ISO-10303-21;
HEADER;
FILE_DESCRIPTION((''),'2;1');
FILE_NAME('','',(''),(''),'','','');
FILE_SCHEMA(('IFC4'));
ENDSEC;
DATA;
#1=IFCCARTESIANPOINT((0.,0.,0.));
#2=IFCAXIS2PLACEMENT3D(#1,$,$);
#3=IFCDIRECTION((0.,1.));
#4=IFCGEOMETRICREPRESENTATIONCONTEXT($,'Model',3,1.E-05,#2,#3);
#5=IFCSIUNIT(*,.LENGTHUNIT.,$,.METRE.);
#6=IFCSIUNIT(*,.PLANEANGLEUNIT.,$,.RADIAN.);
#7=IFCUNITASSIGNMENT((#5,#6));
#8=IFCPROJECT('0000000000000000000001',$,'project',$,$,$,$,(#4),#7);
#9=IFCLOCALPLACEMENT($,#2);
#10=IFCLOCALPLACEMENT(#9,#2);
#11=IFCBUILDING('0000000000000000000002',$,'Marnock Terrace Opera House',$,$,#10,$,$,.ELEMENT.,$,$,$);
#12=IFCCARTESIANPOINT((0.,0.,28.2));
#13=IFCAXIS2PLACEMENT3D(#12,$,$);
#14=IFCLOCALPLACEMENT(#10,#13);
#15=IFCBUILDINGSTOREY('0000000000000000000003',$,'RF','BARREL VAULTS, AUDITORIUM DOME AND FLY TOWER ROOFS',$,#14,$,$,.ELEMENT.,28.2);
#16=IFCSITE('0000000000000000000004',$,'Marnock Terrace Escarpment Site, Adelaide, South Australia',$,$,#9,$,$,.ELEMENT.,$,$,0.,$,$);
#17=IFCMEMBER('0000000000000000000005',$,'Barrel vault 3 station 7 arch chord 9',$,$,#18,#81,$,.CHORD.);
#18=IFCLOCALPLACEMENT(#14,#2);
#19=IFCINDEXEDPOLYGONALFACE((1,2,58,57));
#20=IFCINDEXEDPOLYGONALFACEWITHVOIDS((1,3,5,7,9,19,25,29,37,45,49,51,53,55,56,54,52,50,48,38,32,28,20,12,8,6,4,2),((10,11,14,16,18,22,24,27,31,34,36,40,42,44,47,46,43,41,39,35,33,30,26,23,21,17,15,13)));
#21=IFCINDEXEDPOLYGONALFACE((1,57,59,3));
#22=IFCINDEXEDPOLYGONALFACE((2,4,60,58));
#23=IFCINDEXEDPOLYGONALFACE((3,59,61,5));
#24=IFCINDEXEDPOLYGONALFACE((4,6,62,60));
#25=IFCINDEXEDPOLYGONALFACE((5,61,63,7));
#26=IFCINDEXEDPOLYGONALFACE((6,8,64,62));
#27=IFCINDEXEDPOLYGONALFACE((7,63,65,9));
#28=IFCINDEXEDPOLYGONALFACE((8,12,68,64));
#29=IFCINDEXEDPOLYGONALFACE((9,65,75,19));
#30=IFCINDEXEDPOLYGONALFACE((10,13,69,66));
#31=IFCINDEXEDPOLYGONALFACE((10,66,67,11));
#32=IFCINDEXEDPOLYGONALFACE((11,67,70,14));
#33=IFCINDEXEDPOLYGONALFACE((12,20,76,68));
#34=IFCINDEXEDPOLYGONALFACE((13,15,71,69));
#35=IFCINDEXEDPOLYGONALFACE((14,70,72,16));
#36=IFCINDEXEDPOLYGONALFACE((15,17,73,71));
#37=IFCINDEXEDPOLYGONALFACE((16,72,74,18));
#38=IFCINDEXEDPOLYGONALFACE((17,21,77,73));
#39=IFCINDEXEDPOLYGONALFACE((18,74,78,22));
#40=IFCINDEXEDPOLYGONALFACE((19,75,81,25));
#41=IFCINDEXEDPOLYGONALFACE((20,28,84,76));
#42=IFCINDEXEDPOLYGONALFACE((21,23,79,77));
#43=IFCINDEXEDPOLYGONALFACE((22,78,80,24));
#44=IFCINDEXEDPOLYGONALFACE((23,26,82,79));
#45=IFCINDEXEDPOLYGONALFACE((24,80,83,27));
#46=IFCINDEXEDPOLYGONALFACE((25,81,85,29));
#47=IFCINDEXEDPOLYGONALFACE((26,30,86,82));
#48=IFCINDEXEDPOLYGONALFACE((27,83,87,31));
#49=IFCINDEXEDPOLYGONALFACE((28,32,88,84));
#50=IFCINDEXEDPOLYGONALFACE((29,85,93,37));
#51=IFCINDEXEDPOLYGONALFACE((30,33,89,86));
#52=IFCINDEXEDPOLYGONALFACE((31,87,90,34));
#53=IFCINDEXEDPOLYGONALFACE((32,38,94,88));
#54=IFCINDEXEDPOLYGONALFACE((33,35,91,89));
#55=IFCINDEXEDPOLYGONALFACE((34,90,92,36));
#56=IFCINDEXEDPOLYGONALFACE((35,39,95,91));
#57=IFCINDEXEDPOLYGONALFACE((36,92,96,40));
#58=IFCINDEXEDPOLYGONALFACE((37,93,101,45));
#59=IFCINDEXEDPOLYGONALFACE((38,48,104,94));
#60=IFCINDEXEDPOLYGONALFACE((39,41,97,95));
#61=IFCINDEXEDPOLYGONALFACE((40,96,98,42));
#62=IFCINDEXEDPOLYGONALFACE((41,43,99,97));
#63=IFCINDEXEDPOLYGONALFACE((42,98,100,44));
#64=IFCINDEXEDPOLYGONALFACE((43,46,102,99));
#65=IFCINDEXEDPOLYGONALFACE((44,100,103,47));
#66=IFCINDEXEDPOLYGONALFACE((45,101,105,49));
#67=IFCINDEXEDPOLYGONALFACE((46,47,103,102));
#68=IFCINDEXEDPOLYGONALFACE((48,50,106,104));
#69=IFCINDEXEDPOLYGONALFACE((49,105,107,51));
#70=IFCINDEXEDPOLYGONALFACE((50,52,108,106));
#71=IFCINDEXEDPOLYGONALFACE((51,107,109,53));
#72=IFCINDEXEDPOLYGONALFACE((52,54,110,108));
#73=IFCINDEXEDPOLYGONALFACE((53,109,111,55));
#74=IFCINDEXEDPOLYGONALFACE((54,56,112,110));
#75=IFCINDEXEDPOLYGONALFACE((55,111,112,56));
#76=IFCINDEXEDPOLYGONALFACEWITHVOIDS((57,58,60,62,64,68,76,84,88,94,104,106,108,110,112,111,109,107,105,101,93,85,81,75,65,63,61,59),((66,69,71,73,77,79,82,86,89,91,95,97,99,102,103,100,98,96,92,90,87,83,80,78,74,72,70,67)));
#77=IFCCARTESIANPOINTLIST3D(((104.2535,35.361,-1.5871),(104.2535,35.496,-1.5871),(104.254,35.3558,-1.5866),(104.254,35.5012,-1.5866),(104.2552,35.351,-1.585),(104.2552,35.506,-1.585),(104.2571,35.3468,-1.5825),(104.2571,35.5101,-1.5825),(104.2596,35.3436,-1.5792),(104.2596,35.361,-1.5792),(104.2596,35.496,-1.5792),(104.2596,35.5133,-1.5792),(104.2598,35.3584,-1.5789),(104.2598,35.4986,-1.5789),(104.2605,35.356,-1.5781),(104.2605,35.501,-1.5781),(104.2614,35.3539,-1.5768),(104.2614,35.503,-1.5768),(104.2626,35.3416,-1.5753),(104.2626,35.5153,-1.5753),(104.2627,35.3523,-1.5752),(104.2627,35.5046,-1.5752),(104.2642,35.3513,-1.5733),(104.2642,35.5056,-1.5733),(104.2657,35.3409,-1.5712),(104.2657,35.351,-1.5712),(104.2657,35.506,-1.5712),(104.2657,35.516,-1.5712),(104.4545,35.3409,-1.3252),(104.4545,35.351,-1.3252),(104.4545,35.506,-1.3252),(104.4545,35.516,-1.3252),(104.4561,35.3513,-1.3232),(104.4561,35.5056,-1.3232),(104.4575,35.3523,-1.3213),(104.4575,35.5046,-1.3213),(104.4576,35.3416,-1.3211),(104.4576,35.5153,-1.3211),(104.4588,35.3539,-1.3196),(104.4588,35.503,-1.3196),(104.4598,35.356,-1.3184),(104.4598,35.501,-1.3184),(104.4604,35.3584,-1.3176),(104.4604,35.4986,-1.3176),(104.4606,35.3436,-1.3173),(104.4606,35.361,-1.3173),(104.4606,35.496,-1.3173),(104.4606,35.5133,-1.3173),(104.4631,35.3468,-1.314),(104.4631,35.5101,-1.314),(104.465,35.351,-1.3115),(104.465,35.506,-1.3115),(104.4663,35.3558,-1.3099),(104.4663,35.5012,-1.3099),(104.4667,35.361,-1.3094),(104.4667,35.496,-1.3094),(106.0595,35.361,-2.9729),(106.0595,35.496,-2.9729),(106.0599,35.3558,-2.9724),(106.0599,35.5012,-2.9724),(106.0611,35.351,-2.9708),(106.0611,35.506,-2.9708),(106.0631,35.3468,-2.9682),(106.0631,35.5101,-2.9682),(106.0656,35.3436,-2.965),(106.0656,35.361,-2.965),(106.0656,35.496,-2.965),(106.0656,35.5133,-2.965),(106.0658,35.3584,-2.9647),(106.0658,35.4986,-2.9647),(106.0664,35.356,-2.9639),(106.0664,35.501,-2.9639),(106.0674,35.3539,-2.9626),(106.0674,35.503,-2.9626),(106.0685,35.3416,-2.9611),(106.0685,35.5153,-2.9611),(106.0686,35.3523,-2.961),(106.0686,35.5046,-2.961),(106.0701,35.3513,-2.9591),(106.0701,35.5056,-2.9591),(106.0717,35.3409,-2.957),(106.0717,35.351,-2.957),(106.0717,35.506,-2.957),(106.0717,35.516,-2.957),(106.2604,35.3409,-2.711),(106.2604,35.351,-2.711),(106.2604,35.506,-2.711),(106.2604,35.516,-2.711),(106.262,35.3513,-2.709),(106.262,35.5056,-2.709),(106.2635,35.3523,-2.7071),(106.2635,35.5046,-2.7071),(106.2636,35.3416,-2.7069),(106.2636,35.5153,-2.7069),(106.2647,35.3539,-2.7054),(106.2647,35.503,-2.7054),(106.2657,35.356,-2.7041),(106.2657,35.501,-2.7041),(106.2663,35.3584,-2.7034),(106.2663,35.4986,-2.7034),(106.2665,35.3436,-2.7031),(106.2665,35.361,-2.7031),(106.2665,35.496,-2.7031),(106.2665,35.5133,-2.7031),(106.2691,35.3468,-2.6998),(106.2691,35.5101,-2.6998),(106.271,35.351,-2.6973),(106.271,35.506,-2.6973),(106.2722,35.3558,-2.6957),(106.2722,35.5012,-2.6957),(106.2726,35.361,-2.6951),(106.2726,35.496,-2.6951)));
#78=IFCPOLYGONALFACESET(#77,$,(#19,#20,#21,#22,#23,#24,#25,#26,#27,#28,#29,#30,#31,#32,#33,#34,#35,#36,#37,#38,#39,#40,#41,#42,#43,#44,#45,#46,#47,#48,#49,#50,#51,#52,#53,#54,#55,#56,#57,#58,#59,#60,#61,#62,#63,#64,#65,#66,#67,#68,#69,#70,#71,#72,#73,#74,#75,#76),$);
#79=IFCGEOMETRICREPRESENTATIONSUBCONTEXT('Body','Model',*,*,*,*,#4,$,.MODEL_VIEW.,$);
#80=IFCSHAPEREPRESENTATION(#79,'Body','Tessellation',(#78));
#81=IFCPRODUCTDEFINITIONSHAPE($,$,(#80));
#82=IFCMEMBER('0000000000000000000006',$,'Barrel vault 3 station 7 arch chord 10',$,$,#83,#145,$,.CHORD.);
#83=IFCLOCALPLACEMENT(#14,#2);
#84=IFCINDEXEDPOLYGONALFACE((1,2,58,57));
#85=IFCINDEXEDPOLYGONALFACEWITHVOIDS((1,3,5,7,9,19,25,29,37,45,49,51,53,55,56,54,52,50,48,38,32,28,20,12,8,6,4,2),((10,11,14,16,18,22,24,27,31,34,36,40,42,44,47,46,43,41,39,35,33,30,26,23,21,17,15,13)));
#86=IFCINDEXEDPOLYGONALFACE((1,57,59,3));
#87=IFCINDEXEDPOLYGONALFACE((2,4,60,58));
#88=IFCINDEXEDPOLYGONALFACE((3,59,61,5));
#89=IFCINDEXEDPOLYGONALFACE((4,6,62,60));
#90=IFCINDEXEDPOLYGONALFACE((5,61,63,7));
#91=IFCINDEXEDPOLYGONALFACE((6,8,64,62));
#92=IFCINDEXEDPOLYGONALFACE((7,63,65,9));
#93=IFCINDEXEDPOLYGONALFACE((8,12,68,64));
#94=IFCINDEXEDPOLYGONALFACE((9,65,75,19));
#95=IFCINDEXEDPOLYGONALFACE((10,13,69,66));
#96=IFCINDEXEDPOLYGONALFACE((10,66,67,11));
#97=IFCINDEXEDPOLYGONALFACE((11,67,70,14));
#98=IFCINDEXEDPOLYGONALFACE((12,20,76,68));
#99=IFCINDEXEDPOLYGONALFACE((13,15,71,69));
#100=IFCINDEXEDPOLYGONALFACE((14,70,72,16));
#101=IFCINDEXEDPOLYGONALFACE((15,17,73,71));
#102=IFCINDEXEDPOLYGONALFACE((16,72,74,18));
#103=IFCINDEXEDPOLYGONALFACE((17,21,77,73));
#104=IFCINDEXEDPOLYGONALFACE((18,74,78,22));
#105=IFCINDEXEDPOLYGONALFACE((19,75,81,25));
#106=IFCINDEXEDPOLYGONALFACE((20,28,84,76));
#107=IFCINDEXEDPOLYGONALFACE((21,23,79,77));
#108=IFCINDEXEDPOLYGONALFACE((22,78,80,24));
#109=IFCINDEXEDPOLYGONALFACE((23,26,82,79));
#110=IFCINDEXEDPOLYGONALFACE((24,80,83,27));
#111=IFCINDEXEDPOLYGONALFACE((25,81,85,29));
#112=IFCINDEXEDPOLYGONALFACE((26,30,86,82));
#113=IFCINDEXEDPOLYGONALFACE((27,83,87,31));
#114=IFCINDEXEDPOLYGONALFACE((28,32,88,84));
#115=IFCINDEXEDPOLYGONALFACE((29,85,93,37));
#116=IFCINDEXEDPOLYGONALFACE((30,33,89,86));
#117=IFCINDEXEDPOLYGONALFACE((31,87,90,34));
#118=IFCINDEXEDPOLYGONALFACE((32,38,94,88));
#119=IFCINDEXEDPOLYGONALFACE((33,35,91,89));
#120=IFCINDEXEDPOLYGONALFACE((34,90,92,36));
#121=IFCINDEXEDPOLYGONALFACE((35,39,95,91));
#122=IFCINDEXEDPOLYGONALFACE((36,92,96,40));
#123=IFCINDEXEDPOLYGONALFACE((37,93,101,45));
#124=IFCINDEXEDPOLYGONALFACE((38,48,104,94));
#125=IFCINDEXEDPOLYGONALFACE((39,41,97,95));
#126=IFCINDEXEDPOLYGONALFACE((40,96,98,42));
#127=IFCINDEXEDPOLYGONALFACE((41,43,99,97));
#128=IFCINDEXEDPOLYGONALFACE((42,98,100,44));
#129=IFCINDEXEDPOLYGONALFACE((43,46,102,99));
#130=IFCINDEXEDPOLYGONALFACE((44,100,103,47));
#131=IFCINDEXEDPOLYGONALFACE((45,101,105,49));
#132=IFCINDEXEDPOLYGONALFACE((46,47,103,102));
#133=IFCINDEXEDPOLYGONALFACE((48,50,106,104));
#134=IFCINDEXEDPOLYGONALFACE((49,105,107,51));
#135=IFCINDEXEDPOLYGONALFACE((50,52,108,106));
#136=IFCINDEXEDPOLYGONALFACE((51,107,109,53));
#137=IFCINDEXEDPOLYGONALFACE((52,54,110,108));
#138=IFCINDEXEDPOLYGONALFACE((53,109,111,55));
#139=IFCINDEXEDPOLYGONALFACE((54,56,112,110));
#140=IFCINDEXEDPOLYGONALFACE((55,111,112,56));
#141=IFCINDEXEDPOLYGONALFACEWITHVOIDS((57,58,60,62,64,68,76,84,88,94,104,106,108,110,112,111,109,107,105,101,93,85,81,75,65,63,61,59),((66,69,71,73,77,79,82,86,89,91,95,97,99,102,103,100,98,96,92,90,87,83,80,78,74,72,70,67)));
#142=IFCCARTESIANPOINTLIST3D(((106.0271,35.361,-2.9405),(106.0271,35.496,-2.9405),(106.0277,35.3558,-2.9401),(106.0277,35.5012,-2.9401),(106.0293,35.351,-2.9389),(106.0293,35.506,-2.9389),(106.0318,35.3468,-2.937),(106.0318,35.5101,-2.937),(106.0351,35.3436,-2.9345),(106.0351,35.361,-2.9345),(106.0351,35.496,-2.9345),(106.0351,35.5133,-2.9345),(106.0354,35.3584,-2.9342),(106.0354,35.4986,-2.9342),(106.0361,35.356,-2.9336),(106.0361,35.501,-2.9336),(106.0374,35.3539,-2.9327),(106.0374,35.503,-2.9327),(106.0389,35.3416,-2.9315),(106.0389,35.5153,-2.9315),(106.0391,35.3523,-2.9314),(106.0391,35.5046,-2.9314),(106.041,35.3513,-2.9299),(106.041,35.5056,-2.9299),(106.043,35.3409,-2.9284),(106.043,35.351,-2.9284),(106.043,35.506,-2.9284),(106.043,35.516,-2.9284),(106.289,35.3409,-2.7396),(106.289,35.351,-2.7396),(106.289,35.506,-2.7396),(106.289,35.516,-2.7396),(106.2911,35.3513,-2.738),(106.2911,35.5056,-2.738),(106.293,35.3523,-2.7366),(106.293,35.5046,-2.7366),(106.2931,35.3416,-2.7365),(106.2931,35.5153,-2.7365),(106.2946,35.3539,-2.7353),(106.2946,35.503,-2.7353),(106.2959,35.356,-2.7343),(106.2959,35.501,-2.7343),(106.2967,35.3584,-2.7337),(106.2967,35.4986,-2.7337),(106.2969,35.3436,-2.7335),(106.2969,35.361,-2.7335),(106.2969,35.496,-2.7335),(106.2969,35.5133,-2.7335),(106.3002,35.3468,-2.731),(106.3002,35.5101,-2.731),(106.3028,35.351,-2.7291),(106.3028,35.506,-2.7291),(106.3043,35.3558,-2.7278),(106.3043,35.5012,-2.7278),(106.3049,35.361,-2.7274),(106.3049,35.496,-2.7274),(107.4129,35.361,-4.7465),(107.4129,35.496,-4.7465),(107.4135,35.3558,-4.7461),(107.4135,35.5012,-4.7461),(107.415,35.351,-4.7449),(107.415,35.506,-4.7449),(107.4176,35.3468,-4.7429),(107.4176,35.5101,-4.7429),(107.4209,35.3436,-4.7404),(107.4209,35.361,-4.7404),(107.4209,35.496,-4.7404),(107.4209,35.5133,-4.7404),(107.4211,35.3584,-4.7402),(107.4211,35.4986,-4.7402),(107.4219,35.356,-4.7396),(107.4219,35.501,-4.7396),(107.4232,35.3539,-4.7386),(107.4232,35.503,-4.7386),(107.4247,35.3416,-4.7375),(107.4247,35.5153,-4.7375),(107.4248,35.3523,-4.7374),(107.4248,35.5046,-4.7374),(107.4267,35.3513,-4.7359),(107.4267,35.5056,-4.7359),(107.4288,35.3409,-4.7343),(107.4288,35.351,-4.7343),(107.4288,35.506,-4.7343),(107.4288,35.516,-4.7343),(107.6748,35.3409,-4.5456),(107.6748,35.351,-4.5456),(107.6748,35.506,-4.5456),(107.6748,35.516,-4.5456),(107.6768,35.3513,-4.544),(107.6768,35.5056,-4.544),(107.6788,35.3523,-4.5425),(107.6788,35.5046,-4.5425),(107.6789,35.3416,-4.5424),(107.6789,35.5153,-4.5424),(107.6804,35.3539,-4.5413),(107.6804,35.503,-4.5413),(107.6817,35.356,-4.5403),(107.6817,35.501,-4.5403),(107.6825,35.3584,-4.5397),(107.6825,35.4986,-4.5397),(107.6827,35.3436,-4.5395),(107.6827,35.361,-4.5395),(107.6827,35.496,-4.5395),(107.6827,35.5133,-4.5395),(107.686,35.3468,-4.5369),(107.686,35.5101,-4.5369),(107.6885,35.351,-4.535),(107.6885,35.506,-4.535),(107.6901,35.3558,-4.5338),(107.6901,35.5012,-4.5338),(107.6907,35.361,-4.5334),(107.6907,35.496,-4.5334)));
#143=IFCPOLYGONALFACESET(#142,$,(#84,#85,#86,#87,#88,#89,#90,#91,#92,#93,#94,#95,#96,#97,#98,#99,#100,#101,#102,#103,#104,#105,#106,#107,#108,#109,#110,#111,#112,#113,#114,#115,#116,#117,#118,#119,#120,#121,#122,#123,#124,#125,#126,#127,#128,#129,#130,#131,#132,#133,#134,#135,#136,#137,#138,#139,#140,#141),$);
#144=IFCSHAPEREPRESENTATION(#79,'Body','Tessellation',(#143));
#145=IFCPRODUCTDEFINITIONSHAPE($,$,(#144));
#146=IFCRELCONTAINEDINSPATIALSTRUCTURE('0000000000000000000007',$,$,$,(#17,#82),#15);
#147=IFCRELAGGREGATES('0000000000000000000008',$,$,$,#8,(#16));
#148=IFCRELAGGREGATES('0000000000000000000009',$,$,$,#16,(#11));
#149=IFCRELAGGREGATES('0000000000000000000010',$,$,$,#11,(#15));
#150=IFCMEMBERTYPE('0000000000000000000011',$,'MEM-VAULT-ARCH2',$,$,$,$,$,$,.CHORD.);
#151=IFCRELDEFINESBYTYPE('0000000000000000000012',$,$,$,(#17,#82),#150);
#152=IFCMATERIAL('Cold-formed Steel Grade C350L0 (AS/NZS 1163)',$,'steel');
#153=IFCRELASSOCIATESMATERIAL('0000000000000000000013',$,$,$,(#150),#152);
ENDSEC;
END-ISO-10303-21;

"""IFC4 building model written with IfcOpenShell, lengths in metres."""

from ifc_helpers import new_model, si_unit, direction, frame, origin, origin_2d, place, context, subcontext, project, spatial, hollow_rectangle, extrude, material, material_profile, profile_set, type_object, element, save


model = new_model("IFC4")

# Units and contexts
model_context = context("Model", 3, precision=1e-05, world=origin(), true_north=direction((0.0, 1.0)))
body_context = subcontext(model_context, "Body", "Model", "MODEL_VIEW")
ifc_project = project(units=[si_unit("LENGTHUNIT", "METRE"), si_unit("PLANEANGLEUNIT", "RADIAN")], contexts=[model_context])

# Site, building, storey
site_placement = place(None, origin())
site = spatial("IfcSite", under=ifc_project, at=site_placement, Name="Marnock Terrace Escarpment Site, Adelaide, South Australia", CompositionType="ELEMENT", RefElevation=0.0)
building_placement = place(site_placement, origin())
building = spatial("IfcBuilding", under=site, at=building_placement, Name="Marnock Terrace Opera House", CompositionType="ELEMENT")
storey_placement = place(building_placement, frame((0.0, 0.0, 28.2)))
storey = spatial("IfcBuildingStorey", under=building, at=storey_placement, Name="RF", Description="BARREL VAULTS, AUDITORIUM DOME AND FLY TOWER ROOFS", CompositionType="ELEMENT", Elevation=28.2)

# Members
ifc_material_1 = material(Name="Cold-formed Steel Grade C350L0 (AS/NZS 1163)", Category="steel")
ifc_material_profile_1 = material_profile(ifc_material_1, hollow_rectangle(XDim=0.175, YDim=0.3501, WallThickness=0.01, InnerFilletRadius=0.01, OuterFilletRadius=0.02, at=origin_2d()))
ifc_profile_set_1 = profile_set([ifc_material_profile_1], Name="Cold-formed Steel Grade C350L0 (AS/NZS 1163)")
member_type_1 = type_object("IfcMemberType", Name="MEM-VAULT-ARCH2", PredefinedType="CHORD", material=ifc_profile_set_1)
for number, where, z_axis, x_axis, name in (
    (1, (104.3601, 35.4285, -1.4482), (0.793349, 0.0, -0.608767), (0.0, 1.0, 0.0), "Barrel vault 3 station 7 arch chord 9"),
    (2, (106.166, 35.4285, -2.834), (0.608767, 0.0, -0.793349), (0.0, 1.0, 0.0), "Barrel vault 3 station 7 arch chord 10"),
):
    element("IfcMember", number, at=place(storey_placement, frame(where, z_axis=z_axis, x_axis=x_axis)), inside=storey, type_object=member_type_1, Name=name, PredefinedType="CHORD", context=body_context, shape_type="SweptSolid", body=[
        extrude(hollow_rectangle(XDim=0.175, YDim=0.3501, WallThickness=0.01, InnerFilletRadius=0.01, OuterFilletRadius=0.02, at=origin_2d()), origin(), (0.0, 0.0, 1.0), 2.2764),
    ])

save(model, "model.ifc")
